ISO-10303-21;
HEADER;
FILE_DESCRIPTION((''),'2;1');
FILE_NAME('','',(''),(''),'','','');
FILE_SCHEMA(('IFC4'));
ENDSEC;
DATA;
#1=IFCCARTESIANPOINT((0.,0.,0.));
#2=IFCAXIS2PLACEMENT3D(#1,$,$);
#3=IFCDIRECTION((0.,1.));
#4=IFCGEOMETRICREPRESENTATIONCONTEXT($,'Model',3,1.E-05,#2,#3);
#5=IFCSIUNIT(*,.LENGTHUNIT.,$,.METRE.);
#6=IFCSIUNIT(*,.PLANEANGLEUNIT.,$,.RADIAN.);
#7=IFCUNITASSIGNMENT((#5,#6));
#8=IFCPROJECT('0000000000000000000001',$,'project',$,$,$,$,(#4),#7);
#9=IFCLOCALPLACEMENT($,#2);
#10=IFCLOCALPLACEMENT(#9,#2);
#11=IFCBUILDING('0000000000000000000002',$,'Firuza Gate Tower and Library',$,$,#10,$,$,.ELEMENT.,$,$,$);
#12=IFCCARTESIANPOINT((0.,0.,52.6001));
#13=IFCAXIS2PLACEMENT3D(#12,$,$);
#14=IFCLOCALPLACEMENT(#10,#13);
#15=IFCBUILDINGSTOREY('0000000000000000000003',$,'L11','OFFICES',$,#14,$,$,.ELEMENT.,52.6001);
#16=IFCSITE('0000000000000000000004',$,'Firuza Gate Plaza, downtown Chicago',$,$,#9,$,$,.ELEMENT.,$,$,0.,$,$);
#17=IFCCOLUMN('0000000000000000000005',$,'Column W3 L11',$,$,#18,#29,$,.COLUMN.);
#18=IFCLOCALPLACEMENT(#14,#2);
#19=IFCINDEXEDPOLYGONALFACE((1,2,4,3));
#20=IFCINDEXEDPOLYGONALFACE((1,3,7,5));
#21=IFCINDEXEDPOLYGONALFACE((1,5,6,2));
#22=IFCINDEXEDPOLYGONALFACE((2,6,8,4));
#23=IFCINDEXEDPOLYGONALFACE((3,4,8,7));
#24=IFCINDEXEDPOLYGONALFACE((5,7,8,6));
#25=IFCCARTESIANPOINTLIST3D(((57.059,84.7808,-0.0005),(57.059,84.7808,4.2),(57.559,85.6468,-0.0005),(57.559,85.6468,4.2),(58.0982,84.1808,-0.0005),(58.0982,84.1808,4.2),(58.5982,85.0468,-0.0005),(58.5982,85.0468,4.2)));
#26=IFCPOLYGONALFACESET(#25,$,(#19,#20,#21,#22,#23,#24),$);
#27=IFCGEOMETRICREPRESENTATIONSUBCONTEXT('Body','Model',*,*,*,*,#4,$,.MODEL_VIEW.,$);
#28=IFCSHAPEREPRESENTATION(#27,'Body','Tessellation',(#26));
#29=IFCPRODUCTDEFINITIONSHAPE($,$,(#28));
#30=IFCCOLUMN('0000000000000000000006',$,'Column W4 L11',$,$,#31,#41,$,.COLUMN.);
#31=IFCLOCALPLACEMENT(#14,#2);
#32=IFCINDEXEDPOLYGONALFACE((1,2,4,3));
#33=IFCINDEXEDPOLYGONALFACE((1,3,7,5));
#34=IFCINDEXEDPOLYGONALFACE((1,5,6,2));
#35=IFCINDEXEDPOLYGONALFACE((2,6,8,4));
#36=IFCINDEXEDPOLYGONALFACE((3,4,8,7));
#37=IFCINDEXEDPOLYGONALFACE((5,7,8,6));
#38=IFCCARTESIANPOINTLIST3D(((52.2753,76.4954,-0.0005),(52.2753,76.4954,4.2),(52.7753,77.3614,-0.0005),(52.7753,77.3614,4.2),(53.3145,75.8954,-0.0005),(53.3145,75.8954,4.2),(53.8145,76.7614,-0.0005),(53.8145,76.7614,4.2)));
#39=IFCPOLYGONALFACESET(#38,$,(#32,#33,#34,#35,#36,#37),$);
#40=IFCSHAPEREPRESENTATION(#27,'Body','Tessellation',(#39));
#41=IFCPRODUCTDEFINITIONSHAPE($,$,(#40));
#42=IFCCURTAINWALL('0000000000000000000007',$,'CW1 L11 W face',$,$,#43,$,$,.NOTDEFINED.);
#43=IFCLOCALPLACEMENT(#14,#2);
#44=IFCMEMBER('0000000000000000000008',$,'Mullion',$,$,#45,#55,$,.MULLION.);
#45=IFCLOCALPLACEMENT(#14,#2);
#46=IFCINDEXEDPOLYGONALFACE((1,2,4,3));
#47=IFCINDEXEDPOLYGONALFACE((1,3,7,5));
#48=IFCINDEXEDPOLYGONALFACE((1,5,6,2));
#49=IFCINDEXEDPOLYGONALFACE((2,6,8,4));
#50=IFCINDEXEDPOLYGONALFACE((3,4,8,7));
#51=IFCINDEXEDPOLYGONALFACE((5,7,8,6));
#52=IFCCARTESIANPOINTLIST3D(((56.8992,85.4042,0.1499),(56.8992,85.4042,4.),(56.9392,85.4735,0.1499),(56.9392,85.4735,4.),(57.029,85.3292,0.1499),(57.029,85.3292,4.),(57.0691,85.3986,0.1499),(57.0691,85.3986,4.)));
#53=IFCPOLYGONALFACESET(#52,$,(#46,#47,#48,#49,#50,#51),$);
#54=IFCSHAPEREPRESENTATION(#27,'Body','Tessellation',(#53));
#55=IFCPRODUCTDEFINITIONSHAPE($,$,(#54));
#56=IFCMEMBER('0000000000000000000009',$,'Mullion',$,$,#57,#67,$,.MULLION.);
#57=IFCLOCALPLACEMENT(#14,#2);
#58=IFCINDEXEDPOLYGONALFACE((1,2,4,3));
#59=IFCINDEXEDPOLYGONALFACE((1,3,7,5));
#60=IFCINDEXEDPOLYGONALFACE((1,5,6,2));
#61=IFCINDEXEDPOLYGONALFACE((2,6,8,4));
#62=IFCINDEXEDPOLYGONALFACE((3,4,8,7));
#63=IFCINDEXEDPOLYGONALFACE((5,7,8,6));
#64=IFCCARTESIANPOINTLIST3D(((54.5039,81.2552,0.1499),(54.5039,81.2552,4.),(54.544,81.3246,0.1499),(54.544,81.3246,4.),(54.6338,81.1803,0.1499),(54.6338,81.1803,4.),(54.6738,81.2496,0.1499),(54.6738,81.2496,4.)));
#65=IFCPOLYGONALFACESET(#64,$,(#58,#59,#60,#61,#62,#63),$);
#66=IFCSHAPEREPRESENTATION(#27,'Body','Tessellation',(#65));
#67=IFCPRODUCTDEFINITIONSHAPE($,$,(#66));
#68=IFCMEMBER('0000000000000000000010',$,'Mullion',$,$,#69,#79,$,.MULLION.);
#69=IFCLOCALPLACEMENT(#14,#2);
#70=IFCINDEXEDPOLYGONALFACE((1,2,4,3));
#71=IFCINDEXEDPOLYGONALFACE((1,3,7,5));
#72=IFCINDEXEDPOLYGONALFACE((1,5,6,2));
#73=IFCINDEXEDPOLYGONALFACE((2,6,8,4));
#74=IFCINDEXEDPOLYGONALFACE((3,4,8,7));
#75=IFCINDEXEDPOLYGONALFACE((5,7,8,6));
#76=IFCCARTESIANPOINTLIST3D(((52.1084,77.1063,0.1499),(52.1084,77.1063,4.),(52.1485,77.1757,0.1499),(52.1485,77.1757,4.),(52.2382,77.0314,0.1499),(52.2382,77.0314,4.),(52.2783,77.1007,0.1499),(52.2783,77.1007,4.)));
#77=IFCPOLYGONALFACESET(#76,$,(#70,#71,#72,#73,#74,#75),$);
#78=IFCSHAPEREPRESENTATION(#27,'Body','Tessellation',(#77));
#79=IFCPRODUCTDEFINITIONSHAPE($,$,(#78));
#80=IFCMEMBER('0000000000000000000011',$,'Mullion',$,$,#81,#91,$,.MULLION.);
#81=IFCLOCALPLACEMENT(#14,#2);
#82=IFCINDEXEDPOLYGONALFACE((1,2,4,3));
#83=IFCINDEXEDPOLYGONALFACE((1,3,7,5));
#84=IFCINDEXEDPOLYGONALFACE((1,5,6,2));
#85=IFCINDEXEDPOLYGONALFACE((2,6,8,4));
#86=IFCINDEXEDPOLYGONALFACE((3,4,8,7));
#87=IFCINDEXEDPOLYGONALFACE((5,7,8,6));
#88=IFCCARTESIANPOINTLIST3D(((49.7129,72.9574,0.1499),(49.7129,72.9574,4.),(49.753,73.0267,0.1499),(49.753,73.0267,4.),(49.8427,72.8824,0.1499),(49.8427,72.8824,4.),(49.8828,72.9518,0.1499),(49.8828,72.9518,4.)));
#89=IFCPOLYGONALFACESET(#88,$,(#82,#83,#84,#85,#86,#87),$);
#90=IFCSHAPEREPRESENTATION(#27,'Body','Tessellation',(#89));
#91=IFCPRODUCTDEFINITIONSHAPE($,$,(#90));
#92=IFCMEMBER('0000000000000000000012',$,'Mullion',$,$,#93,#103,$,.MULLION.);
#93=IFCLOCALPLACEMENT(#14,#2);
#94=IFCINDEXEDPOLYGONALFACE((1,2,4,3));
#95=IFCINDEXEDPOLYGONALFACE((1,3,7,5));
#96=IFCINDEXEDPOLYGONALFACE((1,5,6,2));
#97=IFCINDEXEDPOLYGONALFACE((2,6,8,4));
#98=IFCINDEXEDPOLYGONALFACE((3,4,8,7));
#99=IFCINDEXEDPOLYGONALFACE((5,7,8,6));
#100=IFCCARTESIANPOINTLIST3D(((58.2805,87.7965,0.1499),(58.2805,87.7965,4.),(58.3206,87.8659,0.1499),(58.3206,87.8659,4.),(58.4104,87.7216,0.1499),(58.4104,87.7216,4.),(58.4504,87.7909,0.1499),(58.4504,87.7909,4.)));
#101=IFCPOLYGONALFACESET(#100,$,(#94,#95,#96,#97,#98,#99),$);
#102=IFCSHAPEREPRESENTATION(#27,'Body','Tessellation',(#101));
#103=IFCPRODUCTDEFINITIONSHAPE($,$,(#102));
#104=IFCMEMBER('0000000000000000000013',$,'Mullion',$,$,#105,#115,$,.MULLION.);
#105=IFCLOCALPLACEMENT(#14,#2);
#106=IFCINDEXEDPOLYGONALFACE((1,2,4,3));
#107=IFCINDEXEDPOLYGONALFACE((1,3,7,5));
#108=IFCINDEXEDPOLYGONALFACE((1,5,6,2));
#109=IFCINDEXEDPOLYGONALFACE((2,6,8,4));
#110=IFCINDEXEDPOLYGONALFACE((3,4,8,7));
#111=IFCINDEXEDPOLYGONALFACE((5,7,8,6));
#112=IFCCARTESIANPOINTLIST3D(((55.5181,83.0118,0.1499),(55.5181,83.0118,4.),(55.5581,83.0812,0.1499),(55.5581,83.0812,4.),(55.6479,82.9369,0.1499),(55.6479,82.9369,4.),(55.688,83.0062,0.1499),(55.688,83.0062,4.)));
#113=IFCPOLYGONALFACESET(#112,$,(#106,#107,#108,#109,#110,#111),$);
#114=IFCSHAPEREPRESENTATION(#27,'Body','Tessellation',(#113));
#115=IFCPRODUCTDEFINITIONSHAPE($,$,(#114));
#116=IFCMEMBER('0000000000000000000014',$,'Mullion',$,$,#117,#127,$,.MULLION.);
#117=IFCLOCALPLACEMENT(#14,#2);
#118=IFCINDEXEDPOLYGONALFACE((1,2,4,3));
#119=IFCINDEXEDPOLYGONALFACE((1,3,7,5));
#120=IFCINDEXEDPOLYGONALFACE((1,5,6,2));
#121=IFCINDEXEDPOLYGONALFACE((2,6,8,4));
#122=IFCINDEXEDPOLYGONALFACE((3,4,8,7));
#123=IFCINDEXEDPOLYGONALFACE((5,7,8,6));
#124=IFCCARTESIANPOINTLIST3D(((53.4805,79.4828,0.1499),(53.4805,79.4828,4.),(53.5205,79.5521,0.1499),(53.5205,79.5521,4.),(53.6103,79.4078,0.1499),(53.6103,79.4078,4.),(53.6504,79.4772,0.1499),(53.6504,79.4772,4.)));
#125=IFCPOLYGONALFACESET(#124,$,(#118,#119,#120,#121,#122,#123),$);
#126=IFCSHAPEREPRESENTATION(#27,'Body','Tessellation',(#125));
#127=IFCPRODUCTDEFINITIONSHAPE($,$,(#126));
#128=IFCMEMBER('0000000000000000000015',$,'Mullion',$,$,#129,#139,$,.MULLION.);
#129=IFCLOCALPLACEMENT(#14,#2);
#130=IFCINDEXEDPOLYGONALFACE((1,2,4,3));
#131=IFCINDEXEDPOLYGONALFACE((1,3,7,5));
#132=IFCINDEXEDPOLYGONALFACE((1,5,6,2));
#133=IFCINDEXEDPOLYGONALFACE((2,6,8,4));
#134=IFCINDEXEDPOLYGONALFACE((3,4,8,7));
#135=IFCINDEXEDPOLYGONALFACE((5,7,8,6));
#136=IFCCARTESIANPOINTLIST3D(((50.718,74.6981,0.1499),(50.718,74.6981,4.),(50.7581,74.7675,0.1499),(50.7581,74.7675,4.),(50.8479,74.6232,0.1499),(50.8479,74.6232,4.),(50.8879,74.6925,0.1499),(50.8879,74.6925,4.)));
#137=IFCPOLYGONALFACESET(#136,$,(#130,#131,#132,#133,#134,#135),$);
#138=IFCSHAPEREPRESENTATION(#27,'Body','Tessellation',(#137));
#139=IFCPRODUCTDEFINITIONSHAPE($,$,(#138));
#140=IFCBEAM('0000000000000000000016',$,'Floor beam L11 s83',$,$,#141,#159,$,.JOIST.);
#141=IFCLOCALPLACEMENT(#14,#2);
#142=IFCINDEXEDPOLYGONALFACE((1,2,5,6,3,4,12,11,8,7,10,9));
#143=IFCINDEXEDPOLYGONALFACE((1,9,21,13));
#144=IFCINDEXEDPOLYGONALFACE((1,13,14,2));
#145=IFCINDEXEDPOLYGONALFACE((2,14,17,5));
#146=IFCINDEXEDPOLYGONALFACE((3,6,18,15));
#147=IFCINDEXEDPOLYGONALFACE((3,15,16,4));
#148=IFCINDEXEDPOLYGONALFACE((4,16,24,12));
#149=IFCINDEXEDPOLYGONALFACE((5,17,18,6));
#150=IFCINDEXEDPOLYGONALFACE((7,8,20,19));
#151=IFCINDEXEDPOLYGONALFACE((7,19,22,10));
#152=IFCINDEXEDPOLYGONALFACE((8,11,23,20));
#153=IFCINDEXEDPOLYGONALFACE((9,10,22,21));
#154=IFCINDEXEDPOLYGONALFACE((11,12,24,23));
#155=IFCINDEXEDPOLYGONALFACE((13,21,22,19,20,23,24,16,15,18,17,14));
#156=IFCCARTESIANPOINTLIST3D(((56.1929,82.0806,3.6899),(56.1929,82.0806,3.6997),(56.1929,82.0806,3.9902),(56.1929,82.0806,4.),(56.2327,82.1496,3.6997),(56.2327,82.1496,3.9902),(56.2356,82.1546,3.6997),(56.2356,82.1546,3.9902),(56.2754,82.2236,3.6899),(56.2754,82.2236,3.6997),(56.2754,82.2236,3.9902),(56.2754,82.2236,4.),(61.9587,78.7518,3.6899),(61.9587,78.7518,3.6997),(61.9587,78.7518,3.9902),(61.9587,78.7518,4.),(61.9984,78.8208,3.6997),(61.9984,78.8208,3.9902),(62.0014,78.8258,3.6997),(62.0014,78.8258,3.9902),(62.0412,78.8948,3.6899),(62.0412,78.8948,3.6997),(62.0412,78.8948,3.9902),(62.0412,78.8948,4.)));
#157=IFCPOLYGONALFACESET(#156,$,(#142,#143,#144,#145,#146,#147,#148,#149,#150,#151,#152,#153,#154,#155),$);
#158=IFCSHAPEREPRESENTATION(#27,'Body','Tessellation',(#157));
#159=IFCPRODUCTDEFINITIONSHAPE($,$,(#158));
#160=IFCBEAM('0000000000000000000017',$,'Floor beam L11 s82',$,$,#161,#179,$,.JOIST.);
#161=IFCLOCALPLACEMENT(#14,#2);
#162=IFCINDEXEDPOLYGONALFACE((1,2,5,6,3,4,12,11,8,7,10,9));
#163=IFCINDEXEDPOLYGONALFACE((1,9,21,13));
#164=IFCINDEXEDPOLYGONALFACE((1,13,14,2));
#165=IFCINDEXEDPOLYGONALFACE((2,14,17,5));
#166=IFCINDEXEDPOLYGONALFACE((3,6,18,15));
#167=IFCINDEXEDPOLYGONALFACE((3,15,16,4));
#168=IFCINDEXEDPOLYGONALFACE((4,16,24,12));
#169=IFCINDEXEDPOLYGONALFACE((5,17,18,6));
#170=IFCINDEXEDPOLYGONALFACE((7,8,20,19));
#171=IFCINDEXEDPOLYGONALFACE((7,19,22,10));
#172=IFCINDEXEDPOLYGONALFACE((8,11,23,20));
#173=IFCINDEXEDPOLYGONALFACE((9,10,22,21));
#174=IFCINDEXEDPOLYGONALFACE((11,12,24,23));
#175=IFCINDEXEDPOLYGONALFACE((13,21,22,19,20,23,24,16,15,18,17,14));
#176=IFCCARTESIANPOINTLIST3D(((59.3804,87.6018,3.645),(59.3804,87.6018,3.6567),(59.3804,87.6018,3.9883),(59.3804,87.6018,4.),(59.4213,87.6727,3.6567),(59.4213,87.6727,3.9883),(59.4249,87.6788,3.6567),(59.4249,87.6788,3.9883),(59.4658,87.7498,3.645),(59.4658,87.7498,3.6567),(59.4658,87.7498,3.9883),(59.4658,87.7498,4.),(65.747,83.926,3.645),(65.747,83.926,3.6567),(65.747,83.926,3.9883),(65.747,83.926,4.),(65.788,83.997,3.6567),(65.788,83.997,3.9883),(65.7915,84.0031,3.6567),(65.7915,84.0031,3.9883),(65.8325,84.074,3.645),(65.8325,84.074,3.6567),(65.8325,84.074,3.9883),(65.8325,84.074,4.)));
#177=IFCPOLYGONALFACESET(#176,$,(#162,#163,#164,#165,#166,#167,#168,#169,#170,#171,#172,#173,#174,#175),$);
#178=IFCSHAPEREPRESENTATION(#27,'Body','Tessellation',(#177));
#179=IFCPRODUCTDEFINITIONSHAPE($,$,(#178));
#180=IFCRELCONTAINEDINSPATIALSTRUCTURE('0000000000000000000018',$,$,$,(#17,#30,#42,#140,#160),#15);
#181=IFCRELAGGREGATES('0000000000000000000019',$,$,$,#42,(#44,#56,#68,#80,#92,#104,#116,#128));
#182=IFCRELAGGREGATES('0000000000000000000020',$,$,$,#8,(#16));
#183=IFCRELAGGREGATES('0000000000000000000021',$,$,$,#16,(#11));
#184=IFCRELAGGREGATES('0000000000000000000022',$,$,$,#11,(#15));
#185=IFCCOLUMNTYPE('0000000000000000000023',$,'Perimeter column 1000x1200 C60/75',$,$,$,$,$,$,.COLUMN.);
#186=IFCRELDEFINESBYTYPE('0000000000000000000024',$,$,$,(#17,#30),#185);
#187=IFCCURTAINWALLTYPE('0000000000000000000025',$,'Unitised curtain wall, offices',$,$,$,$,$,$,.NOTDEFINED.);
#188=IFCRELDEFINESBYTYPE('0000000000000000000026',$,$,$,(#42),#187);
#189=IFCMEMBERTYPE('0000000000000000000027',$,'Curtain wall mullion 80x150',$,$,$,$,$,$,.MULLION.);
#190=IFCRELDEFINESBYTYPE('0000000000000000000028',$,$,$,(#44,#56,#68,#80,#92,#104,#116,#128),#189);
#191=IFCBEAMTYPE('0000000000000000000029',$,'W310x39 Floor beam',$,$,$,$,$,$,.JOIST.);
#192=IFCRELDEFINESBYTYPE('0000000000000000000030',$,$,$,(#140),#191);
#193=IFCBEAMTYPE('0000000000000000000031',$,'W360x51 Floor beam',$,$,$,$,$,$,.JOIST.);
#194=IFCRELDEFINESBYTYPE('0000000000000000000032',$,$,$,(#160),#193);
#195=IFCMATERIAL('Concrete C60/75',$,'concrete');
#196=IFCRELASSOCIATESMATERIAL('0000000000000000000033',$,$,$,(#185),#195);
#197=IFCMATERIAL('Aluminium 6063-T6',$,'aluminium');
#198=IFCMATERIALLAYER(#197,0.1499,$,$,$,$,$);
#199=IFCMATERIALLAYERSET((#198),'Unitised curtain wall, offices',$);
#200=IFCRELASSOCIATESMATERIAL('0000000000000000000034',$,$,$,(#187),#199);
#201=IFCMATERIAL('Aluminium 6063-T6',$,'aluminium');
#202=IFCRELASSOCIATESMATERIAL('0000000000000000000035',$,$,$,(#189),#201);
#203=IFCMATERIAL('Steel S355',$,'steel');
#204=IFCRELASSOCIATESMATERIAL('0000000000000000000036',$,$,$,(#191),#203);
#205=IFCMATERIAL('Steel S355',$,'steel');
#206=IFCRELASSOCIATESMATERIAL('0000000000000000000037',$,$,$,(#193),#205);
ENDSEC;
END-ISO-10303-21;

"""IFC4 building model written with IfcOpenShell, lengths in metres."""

from ifc_helpers import new_model, si_unit, direction, frame, origin, origin_2d, place, context, subcontext, project, spatial, rectangle, i_section, extrude, material, layer, layer_set, material_profile, profile_set, type_object, element, aggregate, save


model = new_model("IFC4")

# Units and contexts
model_context = context("Model", 3, precision=1e-05, world=origin(), true_north=direction((0.0, 1.0)))
body_context = subcontext(model_context, "Body", "Model", "MODEL_VIEW")
ifc_project = project(units=[si_unit("LENGTHUNIT", "METRE"), si_unit("PLANEANGLEUNIT", "RADIAN")], contexts=[model_context])

# Site, building, storey
site_placement = place(None, origin())
site = spatial("IfcSite", under=ifc_project, at=site_placement, Name="Firuza Gate Plaza, downtown Chicago", CompositionType="ELEMENT", RefElevation=0.0)
building_placement = place(site_placement, origin())
building = spatial("IfcBuilding", under=site, at=building_placement, Name="Firuza Gate Tower and Library", CompositionType="ELEMENT")
storey_placement = place(building_placement, frame((0.0, 0.0, 52.6001)))
storey = spatial("IfcBuildingStorey", under=building, at=storey_placement, Name="L11", Description="OFFICES", CompositionType="ELEMENT", Elevation=52.6001)

# Columns
ifc_material_1 = material(Name="Concrete C60/75", Category="concrete")
ifc_material_profile_1 = material_profile(ifc_material_1, rectangle(XDim=1.0, YDim=1.2, at=origin_2d()))
ifc_profile_set_1 = profile_set([ifc_material_profile_1], Name="Concrete C60/75")
column_type = type_object("IfcColumnType", Name="Perimeter column 1000x1200 C60/75", PredefinedType="COLUMN", material=ifc_profile_set_1)
for number, where, z_axis, x_axis, name in (
    (1, (57.8286, 84.9138, -0.0005), (0.0, 0.0, 1.0), (-0.5, -0.866025, 0.0), "Column W3 L11"),
    (2, (53.0449, 76.6284, -0.0005), (0.0, 0.0, 1.0), (-0.5, -0.866025, 0.0), "Column W4 L11"),
):
    element("IfcColumn", number, at=place(storey_placement, frame(where, z_axis=z_axis, x_axis=x_axis)), inside=storey, type_object=column_type, Name=name, PredefinedType="COLUMN", context=body_context, shape_type="SweptSolid", body=[
        extrude(rectangle(XDim=1.0, YDim=1.2, at=origin_2d()), origin(), (0.0, 0.0, 1.0), 4.2004),
    ])

# Curtain wall, members
ifc_material_2 = material(Name="Aluminium 6063-T6", Category="aluminium")
ifc_layer_1 = layer(ifc_material_2, 0.1499)
ifc_layer_set_1 = layer_set([ifc_layer_1], Name="Unitised curtain wall, offices")
curtain_wall_type = type_object("IfcCurtainWallType", Name="Unitised curtain wall, offices", PredefinedType="NOTDEFINED", material=ifc_layer_set_1)
curtain_wall_placement = place(storey_placement, origin())
curtain_wall = element("IfcCurtainWall", 3, at=curtain_wall_placement, inside=storey, type_object=curtain_wall_type, Name="CW1 L11 W face", PredefinedType="NOTDEFINED")
ifc_material_3 = material(Name="Aluminium 6063-T6", Category="aluminium")
ifc_material_profile_2 = material_profile(ifc_material_3, rectangle(XDim=0.1499, YDim=0.0801, at=origin_2d()))
ifc_profile_set_2 = profile_set([ifc_material_profile_2], Name="Aluminium 6063-T6")
member_type = type_object("IfcMemberType", Name="Curtain wall mullion 80x150", PredefinedType="MULLION", material=ifc_profile_set_2)
member_1_placement = place(storey_placement, frame((56.9841, 85.4014, 0.1499), z_axis=(0.0, 0.0, 1.0), x_axis=(0.866025, -0.5, 0.0)))
member_1 = element("IfcMember", 4, at=member_1_placement, type_object=member_type, Name="Mullion", PredefinedType="MULLION", context=body_context, shape_type="SweptSolid", body=[
    extrude(rectangle(XDim=0.1499, YDim=0.0801, at=origin_2d()), origin(), (0.0, 0.0, 1.0), 3.8501),
])
member_2_placement = place(storey_placement, frame((54.5889, 81.2524, 0.1499), z_axis=(0.0, 0.0, 1.0), x_axis=(0.866025, -0.5, 0.0)))
member_2 = element("IfcMember", 5, at=member_2_placement, type_object=member_type, Name="Mullion", PredefinedType="MULLION", context=body_context, shape_type="SweptSolid", body=[
    extrude(rectangle(XDim=0.1499, YDim=0.0801, at=origin_2d()), origin(), (0.0, 0.0, 1.0), 3.8501),
])
member_3_placement = place(storey_placement, frame((52.1934, 77.1035, 0.1499), z_axis=(0.0, 0.0, 1.0), x_axis=(0.866025, -0.5, 0.0)))
member_3 = element("IfcMember", 6, at=member_3_placement, type_object=member_type, Name="Mullion", PredefinedType="MULLION", context=body_context, shape_type="SweptSolid", body=[
    extrude(rectangle(XDim=0.1499, YDim=0.0801, at=origin_2d()), origin(), (0.0, 0.0, 1.0), 3.8501),
])
member_4_placement = place(storey_placement, frame((49.7979, 72.9546, 0.1499), z_axis=(0.0, 0.0, 1.0), x_axis=(0.866025, -0.5, 0.0)))
member_4 = element("IfcMember", 7, at=member_4_placement, type_object=member_type, Name="Mullion", PredefinedType="MULLION", context=body_context, shape_type="SweptSolid", body=[
    extrude(rectangle(XDim=0.1499, YDim=0.0801, at=origin_2d()), origin(), (0.0, 0.0, 1.0), 3.8501),
])
member_5_placement = place(storey_placement, frame((58.3655, 87.7937, 0.1499), z_axis=(0.0, 0.0, 1.0), x_axis=(0.866025, -0.5, 0.0)))
member_5 = element("IfcMember", 8, at=member_5_placement, type_object=member_type, Name="Mullion", PredefinedType="MULLION", context=body_context, shape_type="SweptSolid", body=[
    extrude(rectangle(XDim=0.1499, YDim=0.0801, at=origin_2d()), origin(), (0.0, 0.0, 1.0), 3.8501),
])
member_6_placement = place(storey_placement, frame((55.603, 83.009, 0.1499), z_axis=(0.0, 0.0, 1.0), x_axis=(0.866025, -0.5, 0.0)))
member_6 = element("IfcMember", 9, at=member_6_placement, type_object=member_type, Name="Mullion", PredefinedType="MULLION", context=body_context, shape_type="SweptSolid", body=[
    extrude(rectangle(XDim=0.1499, YDim=0.0801, at=origin_2d()), origin(), (0.0, 0.0, 1.0), 3.8501),
])
member_7_placement = place(storey_placement, frame((53.5654, 79.48, 0.1499), z_axis=(0.0, 0.0, 1.0), x_axis=(0.866025, -0.5, 0.0)))
member_7 = element("IfcMember", 10, at=member_7_placement, type_object=member_type, Name="Mullion", PredefinedType="MULLION", context=body_context, shape_type="SweptSolid", body=[
    extrude(rectangle(XDim=0.1499, YDim=0.0801, at=origin_2d()), origin(), (0.0, 0.0, 1.0), 3.8501),
])
member_8_placement = place(storey_placement, frame((50.803, 74.6953, 0.1499), z_axis=(0.0, 0.0, 1.0), x_axis=(0.866025, -0.5, 0.0)))
member_8 = element("IfcMember", 11, at=member_8_placement, type_object=member_type, Name="Mullion", PredefinedType="MULLION", context=body_context, shape_type="SweptSolid", body=[
    extrude(rectangle(XDim=0.1499, YDim=0.0801, at=origin_2d()), origin(), (0.0, 0.0, 1.0), 3.8501),
])

# Beams
ifc_material_4 = material(Name="Steel S355", Category="steel")
ifc_material_profile_3 = material_profile(ifc_material_4, i_section(OverallWidth=0.165, OverallDepth=0.3101, WebThickness=0.0059, FlangeThickness=0.0098, at=origin_2d()))
ifc_profile_set_3 = profile_set([ifc_material_profile_3], Name="Steel S355")
beam_type_1 = type_object("IfcBeamType", Name="W310x39 Floor beam", PredefinedType="JOIST", material=ifc_profile_set_3)
beam_1_placement = place(storey_placement, frame((56.2341, 82.1521, 3.845), z_axis=(0.86603, -0.499992, 0.0), x_axis=(0.499992, 0.86603, 0.0)))
element("IfcBeam", 12, at=beam_1_placement, inside=storey, type_object=beam_type_1, Name="Floor beam L11 s83", PredefinedType="JOIST", context=body_context, shape_type="SweptSolid", body=[
    extrude(i_section(OverallWidth=0.165, OverallDepth=0.3101, WebThickness=0.0059, FlangeThickness=0.0098, at=origin_2d()), origin(), (0.0, 0.0, 1.0), 6.6577),
])
ifc_material_5 = material(Name="Steel S355", Category="steel")
ifc_material_profile_4 = material_profile(ifc_material_5, i_section(OverallWidth=0.1709, OverallDepth=0.355, WebThickness=0.0071, FlangeThickness=0.0117, at=origin_2d()))
ifc_profile_set_4 = profile_set([ifc_material_profile_4], Name="Steel S355")
beam_type_2 = type_object("IfcBeamType", Name="W360x51 Floor beam", PredefinedType="JOIST", material=ifc_profile_set_4)
beam_2_placement = place(storey_placement, frame((59.4231, 87.6758, 3.8225), z_axis=(0.866027, -0.499997, 0.0), x_axis=(0.499997, 0.866027, 0.0)))
element("IfcBeam", 13, at=beam_2_placement, inside=storey, type_object=beam_type_2, Name="Floor beam L11 s82", PredefinedType="JOIST", context=body_context, shape_type="SweptSolid", body=[
    extrude(i_section(OverallWidth=0.1709, OverallDepth=0.355, WebThickness=0.0071, FlangeThickness=0.0117, at=origin_2d()), origin(), (0.0, 0.0, 1.0), 7.3516),
])

aggregate(curtain_wall, [member_1, member_2, member_3, member_4, member_5, member_6, member_7, member_8])

save(model, "model.ifc")
